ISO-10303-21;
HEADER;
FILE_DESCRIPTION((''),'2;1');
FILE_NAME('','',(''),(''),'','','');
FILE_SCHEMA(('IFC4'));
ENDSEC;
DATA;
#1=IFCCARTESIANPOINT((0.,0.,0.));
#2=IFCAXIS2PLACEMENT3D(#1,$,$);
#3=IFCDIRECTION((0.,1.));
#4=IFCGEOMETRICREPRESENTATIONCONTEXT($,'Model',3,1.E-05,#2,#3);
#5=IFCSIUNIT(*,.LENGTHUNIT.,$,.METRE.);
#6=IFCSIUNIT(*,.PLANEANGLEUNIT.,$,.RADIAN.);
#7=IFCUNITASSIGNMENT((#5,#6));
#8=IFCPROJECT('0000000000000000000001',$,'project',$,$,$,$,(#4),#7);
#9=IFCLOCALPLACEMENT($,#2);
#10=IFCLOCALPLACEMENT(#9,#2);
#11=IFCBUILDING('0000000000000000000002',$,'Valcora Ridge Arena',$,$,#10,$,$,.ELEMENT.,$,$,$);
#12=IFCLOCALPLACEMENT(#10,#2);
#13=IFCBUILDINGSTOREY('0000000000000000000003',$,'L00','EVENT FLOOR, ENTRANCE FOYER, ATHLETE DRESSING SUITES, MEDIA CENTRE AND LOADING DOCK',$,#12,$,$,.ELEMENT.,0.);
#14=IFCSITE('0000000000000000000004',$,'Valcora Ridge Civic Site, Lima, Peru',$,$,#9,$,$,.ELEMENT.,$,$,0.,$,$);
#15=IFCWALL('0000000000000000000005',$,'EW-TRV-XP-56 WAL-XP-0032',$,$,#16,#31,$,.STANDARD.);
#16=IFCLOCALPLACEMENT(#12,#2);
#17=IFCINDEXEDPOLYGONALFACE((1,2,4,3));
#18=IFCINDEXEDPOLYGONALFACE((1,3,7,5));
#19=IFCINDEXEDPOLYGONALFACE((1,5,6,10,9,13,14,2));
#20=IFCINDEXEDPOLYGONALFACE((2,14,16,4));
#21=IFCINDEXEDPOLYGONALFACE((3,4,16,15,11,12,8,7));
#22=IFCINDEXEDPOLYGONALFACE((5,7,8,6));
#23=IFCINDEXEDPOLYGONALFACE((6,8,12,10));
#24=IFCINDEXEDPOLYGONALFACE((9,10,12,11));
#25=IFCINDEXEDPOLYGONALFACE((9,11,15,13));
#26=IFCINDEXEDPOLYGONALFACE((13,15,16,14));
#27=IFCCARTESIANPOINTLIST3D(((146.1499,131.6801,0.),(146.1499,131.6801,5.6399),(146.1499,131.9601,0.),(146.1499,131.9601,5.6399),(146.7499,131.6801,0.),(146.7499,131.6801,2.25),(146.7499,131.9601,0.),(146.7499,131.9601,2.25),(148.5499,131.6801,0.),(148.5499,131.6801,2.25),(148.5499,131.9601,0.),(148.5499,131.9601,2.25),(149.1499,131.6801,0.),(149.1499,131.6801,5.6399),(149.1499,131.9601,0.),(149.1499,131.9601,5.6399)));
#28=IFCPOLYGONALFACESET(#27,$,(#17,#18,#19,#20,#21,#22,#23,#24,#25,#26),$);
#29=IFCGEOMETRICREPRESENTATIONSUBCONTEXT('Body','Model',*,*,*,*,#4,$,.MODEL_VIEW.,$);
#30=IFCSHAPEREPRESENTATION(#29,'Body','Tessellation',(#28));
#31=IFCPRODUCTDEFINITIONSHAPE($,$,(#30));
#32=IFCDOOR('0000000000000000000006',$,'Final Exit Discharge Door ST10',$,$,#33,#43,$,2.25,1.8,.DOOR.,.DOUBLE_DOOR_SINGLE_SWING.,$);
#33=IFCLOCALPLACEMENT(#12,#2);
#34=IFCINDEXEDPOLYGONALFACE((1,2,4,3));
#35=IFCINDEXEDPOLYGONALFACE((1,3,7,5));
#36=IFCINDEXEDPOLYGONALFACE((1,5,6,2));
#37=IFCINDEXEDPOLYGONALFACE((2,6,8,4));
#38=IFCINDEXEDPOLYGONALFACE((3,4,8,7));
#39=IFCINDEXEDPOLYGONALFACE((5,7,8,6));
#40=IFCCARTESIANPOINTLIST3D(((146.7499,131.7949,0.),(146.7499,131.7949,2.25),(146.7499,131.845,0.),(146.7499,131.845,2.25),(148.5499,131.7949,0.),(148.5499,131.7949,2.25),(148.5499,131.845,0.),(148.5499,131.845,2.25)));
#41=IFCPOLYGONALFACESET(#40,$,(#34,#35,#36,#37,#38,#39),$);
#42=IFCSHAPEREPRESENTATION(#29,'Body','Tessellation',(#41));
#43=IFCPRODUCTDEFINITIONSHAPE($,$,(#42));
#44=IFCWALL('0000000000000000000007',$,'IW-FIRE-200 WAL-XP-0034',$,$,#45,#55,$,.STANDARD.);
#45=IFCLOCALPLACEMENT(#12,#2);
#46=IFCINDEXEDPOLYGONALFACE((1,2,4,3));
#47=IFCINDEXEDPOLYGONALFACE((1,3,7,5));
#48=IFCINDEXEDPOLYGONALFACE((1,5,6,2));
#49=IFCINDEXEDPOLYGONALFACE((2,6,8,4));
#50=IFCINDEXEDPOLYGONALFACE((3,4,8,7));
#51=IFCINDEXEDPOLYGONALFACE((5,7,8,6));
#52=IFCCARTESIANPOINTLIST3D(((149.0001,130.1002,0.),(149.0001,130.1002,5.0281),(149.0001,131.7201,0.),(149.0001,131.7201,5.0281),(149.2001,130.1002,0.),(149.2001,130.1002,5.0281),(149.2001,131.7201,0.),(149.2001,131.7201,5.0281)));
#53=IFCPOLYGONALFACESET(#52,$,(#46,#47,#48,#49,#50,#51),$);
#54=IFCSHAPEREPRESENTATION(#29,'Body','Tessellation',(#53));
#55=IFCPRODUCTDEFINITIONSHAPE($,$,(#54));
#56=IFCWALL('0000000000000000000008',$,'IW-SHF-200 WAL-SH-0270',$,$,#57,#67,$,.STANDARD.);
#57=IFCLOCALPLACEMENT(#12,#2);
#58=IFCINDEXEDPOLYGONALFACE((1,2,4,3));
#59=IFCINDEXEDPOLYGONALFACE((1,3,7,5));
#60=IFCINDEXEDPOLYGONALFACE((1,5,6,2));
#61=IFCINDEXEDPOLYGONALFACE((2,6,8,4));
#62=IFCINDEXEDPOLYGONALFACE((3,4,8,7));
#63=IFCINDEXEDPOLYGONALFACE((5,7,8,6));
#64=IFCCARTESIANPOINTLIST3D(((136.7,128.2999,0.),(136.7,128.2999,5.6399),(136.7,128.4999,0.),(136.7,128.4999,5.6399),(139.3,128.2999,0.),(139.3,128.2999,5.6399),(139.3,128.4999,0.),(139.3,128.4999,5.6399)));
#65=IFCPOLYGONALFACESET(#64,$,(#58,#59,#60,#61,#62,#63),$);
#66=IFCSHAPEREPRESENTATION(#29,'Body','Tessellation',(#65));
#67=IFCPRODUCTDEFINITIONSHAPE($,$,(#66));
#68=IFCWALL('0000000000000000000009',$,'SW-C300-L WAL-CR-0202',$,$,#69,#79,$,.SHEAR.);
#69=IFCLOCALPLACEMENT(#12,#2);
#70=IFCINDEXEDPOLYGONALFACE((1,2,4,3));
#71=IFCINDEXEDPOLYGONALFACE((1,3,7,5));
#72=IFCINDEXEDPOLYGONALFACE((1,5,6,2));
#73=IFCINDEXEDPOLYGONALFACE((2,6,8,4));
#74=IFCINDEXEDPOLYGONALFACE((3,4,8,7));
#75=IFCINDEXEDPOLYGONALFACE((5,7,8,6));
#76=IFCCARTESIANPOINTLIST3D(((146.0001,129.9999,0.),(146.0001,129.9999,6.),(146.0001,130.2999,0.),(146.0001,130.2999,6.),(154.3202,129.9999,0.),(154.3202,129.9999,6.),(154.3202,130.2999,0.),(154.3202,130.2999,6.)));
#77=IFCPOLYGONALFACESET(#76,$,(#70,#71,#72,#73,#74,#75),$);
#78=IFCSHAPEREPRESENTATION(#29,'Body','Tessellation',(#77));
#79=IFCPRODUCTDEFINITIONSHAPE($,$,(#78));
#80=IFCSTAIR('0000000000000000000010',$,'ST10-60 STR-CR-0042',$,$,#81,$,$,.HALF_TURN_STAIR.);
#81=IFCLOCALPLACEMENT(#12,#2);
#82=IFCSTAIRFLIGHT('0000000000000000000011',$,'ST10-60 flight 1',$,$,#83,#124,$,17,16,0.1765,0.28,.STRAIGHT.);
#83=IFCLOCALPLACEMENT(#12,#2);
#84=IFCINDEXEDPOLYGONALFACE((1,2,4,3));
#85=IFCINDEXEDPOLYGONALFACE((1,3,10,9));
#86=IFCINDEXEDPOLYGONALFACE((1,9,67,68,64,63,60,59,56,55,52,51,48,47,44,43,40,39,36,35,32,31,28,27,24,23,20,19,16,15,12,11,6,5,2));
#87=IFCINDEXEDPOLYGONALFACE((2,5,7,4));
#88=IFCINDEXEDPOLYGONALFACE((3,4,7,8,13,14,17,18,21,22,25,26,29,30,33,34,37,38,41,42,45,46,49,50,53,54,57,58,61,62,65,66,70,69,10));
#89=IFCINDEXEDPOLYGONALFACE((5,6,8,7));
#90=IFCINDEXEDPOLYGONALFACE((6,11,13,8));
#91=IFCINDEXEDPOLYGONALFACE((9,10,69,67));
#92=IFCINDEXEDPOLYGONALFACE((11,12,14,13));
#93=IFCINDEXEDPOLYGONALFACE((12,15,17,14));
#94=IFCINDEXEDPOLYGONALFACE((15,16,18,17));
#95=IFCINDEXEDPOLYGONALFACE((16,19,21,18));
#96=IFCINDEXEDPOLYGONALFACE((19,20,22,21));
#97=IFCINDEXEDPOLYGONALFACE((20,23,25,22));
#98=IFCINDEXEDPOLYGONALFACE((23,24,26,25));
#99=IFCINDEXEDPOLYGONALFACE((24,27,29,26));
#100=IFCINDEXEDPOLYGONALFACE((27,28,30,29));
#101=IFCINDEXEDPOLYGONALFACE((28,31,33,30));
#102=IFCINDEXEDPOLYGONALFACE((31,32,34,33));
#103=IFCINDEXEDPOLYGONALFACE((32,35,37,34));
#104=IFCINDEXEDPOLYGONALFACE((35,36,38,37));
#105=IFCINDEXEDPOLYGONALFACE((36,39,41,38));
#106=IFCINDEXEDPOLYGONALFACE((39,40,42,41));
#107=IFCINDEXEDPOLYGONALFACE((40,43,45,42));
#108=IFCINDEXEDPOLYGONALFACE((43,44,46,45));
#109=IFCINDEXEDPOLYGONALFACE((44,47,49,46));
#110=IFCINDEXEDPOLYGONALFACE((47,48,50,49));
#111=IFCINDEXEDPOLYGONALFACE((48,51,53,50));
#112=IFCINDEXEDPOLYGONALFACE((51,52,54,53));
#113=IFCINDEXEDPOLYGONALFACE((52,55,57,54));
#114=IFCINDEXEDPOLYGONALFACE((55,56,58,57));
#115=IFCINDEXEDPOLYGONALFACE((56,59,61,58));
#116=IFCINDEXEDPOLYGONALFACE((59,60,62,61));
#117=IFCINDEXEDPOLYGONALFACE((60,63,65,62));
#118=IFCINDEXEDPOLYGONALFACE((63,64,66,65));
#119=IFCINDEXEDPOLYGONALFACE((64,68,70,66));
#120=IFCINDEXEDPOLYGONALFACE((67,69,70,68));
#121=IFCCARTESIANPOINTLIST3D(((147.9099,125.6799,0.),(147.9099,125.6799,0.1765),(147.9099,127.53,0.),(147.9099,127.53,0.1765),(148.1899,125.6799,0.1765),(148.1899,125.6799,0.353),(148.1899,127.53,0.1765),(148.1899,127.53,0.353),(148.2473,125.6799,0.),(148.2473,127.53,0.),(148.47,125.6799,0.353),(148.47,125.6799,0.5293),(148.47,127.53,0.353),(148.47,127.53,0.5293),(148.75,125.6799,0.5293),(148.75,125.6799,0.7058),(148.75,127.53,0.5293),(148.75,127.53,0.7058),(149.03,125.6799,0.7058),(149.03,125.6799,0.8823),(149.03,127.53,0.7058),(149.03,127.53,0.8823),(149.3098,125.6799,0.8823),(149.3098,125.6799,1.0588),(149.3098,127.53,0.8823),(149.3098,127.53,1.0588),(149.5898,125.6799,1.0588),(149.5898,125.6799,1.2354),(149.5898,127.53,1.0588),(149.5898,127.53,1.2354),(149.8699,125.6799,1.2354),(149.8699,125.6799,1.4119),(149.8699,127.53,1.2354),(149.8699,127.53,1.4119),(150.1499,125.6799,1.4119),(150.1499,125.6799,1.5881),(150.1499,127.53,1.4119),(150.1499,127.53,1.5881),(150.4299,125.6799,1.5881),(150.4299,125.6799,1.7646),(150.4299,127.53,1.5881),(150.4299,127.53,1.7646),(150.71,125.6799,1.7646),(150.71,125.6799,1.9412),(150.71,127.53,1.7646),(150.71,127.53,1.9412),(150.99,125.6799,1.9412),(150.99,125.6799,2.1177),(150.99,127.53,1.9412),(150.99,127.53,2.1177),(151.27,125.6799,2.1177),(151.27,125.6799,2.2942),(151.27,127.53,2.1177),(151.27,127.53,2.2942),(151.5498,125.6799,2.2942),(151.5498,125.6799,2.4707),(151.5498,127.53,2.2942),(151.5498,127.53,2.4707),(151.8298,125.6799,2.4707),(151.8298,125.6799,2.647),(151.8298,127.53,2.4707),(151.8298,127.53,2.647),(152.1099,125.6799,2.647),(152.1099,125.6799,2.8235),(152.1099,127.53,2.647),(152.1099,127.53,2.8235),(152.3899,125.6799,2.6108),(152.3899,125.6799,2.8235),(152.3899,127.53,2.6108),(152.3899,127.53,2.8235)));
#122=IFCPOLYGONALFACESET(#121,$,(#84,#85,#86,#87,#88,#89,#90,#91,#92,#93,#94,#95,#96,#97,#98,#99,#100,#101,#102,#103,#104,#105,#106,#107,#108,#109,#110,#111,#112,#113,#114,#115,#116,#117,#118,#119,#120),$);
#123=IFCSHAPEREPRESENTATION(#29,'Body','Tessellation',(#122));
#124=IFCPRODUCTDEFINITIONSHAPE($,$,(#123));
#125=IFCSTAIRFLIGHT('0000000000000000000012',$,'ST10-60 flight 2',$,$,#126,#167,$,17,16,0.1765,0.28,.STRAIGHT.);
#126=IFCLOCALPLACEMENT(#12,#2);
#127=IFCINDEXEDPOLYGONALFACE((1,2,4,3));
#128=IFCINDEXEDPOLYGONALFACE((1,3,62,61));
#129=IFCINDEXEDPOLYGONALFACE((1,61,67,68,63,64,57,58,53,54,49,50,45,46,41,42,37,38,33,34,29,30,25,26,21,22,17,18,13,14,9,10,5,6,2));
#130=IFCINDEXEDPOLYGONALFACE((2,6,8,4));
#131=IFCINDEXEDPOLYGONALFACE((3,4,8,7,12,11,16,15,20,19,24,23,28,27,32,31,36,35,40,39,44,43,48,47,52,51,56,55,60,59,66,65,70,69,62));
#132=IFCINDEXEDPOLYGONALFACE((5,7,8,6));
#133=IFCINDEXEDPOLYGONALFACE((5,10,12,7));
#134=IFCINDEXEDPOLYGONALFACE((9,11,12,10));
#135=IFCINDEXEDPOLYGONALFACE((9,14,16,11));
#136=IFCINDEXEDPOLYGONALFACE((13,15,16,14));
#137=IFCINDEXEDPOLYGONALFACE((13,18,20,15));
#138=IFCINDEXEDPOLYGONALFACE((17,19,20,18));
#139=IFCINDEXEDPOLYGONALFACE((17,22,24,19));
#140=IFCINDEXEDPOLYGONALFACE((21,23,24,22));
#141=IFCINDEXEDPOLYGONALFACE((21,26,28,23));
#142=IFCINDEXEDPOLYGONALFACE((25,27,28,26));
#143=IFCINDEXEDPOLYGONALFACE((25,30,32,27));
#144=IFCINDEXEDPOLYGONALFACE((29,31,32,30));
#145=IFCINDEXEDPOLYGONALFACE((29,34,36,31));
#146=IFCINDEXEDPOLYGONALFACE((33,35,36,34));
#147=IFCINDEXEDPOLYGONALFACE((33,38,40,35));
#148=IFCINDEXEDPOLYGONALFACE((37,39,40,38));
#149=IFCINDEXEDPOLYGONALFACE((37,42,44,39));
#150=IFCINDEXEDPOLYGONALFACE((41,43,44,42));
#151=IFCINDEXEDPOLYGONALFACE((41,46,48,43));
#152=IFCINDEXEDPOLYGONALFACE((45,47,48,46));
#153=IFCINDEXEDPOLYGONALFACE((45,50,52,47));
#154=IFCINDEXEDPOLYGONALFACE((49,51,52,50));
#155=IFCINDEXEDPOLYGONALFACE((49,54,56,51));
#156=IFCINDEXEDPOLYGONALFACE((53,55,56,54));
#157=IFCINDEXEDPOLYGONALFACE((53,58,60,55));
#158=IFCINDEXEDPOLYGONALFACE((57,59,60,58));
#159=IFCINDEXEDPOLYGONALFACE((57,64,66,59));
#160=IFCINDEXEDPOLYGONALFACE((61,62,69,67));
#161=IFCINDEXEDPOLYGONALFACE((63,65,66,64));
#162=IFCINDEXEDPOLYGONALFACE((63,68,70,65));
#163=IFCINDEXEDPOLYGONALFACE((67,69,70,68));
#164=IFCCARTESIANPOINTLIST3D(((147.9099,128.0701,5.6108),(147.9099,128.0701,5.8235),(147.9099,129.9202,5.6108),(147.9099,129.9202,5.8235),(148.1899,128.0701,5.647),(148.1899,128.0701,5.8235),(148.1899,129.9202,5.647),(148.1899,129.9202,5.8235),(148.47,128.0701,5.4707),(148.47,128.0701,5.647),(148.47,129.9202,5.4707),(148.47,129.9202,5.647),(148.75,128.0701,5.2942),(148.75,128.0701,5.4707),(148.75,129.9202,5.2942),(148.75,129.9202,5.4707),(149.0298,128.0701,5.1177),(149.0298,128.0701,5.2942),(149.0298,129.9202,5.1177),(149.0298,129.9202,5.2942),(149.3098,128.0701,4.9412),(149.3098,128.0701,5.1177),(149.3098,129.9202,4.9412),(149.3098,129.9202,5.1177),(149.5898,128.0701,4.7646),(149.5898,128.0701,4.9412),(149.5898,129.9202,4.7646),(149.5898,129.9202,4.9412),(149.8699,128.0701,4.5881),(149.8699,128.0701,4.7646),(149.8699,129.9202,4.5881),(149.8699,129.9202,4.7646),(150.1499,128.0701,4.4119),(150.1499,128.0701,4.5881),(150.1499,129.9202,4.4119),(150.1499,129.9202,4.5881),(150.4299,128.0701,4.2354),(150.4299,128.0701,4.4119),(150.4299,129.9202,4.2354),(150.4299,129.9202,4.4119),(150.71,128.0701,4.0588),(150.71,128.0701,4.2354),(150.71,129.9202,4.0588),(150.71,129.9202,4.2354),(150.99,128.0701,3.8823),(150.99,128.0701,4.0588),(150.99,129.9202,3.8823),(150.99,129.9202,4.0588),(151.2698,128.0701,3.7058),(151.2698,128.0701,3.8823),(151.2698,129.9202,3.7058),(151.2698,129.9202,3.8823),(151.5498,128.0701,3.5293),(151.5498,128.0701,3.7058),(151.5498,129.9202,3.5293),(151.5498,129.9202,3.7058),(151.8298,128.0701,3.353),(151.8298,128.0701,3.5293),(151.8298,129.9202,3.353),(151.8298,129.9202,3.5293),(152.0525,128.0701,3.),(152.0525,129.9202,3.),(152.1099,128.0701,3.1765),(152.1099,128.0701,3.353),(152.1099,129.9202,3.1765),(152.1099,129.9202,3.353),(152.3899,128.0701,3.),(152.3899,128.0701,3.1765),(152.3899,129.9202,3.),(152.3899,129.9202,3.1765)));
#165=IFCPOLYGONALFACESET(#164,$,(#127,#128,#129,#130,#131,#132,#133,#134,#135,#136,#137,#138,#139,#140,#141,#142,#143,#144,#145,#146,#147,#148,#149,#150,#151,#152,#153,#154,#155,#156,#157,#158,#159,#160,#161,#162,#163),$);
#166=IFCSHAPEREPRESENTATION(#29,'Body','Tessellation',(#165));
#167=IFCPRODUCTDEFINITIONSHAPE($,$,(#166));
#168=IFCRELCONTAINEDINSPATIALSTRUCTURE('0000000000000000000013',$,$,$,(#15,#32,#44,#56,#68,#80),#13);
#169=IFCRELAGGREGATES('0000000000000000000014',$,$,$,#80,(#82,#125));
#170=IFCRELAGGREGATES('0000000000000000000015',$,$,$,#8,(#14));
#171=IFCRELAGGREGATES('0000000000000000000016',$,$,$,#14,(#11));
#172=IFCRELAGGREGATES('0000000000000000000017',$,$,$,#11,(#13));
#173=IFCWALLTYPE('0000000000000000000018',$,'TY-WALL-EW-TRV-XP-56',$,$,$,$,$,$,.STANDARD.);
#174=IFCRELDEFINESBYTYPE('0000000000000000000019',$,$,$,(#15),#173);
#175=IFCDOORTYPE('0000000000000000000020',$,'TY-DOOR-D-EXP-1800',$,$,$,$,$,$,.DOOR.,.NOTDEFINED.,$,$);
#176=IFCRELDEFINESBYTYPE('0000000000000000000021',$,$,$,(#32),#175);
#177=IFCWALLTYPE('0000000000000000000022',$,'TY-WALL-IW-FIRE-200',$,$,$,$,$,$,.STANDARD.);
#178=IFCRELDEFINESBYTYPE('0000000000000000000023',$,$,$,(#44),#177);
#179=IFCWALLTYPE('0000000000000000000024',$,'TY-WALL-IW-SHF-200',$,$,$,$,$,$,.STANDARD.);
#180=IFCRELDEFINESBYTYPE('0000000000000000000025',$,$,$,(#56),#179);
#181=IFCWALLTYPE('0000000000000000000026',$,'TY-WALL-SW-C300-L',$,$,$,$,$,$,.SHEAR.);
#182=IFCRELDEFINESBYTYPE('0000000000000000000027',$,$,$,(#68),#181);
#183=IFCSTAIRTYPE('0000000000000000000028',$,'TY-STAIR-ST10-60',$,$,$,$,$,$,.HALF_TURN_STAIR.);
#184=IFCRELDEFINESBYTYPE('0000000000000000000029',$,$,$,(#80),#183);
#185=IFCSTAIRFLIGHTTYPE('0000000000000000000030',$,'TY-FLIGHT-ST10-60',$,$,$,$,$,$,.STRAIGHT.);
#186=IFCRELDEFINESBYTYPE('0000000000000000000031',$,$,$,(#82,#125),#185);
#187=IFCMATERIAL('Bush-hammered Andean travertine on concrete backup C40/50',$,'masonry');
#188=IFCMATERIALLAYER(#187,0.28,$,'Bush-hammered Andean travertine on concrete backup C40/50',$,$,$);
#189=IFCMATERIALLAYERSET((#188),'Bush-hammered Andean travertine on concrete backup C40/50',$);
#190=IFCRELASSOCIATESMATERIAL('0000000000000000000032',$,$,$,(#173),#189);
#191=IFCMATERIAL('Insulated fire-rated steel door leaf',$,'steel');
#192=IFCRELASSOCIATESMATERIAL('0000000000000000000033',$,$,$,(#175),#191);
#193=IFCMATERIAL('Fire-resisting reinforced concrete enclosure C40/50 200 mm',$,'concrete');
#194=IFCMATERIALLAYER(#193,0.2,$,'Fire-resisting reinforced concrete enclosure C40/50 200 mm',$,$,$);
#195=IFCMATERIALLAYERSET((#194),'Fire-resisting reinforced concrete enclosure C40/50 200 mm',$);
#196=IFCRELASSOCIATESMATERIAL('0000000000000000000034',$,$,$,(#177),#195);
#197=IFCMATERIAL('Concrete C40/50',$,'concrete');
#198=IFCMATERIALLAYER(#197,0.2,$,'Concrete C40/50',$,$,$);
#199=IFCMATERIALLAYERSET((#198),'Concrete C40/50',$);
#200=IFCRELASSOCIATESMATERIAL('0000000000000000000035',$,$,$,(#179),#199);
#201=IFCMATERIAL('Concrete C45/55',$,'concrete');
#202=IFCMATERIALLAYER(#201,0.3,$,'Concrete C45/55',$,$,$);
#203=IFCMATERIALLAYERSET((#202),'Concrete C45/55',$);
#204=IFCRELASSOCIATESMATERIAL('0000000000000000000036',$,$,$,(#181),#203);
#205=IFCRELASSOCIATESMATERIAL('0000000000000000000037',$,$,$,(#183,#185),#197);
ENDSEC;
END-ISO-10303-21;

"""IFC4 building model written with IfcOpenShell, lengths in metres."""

from ifc_helpers import new_model, si_unit, direction, frame, frame_2d, origin, place, context, subcontext, project, spatial, polyline, rectangle, outline, extrude, material, layer, layer_set, type_object, element, fill, aggregate, save


model = new_model("IFC4")

# Units and contexts
model_context = context("Model", 3, precision=1e-05, world=origin(), true_north=direction((0.0, 1.0)))
body_context = subcontext(model_context, "Body", "Model", "MODEL_VIEW")
ifc_project = project(units=[si_unit("LENGTHUNIT", "METRE"), si_unit("PLANEANGLEUNIT", "RADIAN")], contexts=[model_context])

# Site, building, storey
site_placement = place(None, origin())
site = spatial("IfcSite", under=ifc_project, at=site_placement, Name="Valcora Ridge Civic Site, Lima, Peru", CompositionType="ELEMENT", RefElevation=0.0)
building_placement = place(site_placement, origin())
building = spatial("IfcBuilding", under=site, at=building_placement, Name="Valcora Ridge Arena", CompositionType="ELEMENT")
storey_placement = place(building_placement, origin())
storey = spatial("IfcBuildingStorey", under=building, at=storey_placement, Name="L00", Description="EVENT FLOOR, ENTRANCE FOYER, ATHLETE DRESSING SUITES, MEDIA CENTRE AND LOADING DOCK", CompositionType="ELEMENT", Elevation=0.0)

# Shared definitions
ifc_material_1 = material(Name="Concrete C40/50", Category="concrete")

# Shared definitions
ifc_material_2 = material(Name="Bush-hammered Andean travertine on concrete backup C40/50", Category="masonry")

# Wall, opening, door
ifc_layer_1 = layer(ifc_material_2, 0.28, Name="Bush-hammered Andean travertine on concrete backup C40/50")
ifc_layer_set_1 = layer_set([ifc_layer_1], Name="Bush-hammered Andean travertine on concrete backup C40/50")
wall_type_1 = type_object("IfcWallType", Name="TY-WALL-EW-TRV-XP-56", PredefinedType="STANDARD", material=ifc_layer_set_1)
wall_1_placement = place(storey_placement, frame((146.1499, 131.8201, 0.0), z_axis=(0.0, 0.0, 1.0), x_axis=(1.0, 0.0, 0.0)))
wall_1 = element("IfcWall", 1, at=wall_1_placement, inside=storey, type_object=wall_type_1, Name="EW-TRV-XP-56 WAL-XP-0032", PredefinedType="STANDARD", context=body_context, shape_type="SweptSolid", body=[
    extrude(rectangle(XDim=3.0, YDim=0.28, at=frame_2d((1.5, 0.0))), origin(), (0.0, 0.0, 1.0), 5.6399),
])
opening_1_placement = place(wall_1_placement, frame((0.6001, 0.0, 0.0)))
opening_1 = element("IfcOpeningElement", 2, at=opening_1_placement, cuts=wall_1, PredefinedType="OPENING", context=body_context, shape_type="SweptSolid", body=[
    extrude(rectangle(XDim=1.8, YDim=2.25, at=frame_2d((0.8999, 1.125))), frame((0.0, 0.1499, 0.0), z_axis=(0.0, -1.0, 0.0), x_axis=(1.0, 0.0, 0.0)), (0.0, 0.0, 1.0), 0.3),
])
ifc_material_3 = material(Name="Insulated fire-rated steel door leaf", Category="steel")
door_type_1 = type_object("IfcDoorType", Name="TY-DOOR-D-EXP-1800", OperationType="NOTDEFINED", PredefinedType="DOOR", material=ifc_material_3)
door_1_placement = place(opening_1_placement, origin())
door_1 = element("IfcDoor", 3, at=door_1_placement, inside=storey, type_object=door_type_1, Name="Final Exit Discharge Door ST10", OperationType="DOUBLE_DOOR_SINGLE_SWING", OverallHeight=2.25, OverallWidth=1.8, PredefinedType="DOOR", context=body_context, shape_type="SweptSolid", body=[
    extrude(rectangle(XDim=1.8, YDim=2.25, at=frame_2d((0.8999, 1.125))), frame((0.0, 0.0249, 0.0), z_axis=(0.0, -1.0, 0.0), x_axis=(1.0, 0.0, 0.0)), (0.0, 0.0, 1.0), 0.05),
])
fill(opening_1, door_1)
ifc_material_4 = material(Name="Fire-resisting reinforced concrete enclosure C40/50 200 mm", Category="concrete")
ifc_layer_2 = layer(ifc_material_4, 0.2, Name="Fire-resisting reinforced concrete enclosure C40/50 200 mm")
ifc_layer_set_2 = layer_set([ifc_layer_2], Name="Fire-resisting reinforced concrete enclosure C40/50 200 mm")
wall_type_2 = type_object("IfcWallType", Name="TY-WALL-IW-FIRE-200", PredefinedType="STANDARD", material=ifc_layer_set_2)

# Walls
wall_2_placement = place(storey_placement, frame((149.1001, 130.1001, 0.0), z_axis=(0.0, 0.0, 1.0), x_axis=(0.0, 1.0, 0.0)))
element("IfcWall", 4, at=wall_2_placement, inside=storey, type_object=wall_type_2, Name="IW-FIRE-200 WAL-XP-0034", PredefinedType="STANDARD", context=body_context, shape_type="SweptSolid", body=[
    extrude(rectangle(XDim=1.6199, YDim=0.2, at=frame_2d((0.8101, 0.0))), origin(), (0.0, 0.0, 1.0), 5.0281),
])
ifc_layer_3 = layer(ifc_material_1, 0.2, Name="Concrete C40/50")
ifc_layer_set_3 = layer_set([ifc_layer_3], Name="Concrete C40/50")
wall_type_3 = type_object("IfcWallType", Name="TY-WALL-IW-SHF-200", PredefinedType="STANDARD", material=ifc_layer_set_3)
wall_3_placement = place(storey_placement, frame((136.7, 128.3999, 0.0), z_axis=(0.0, 0.0, 1.0), x_axis=(1.0, 0.0, 0.0)))
element("IfcWall", 5, at=wall_3_placement, inside=storey, type_object=wall_type_3, Name="IW-SHF-200 WAL-SH-0270", PredefinedType="STANDARD", context=body_context, shape_type="SweptSolid", body=[
    extrude(rectangle(XDim=2.6001, YDim=0.2, at=frame_2d((1.3, 0.0))), origin(), (0.0, 0.0, 1.0), 5.6399),
])
ifc_material_5 = material(Name="Concrete C45/55", Category="concrete")
ifc_layer_4 = layer(ifc_material_5, 0.3, Name="Concrete C45/55")
ifc_layer_set_4 = layer_set([ifc_layer_4], Name="Concrete C45/55")
wall_type_4 = type_object("IfcWallType", Name="TY-WALL-SW-C300-L", PredefinedType="SHEAR", material=ifc_layer_set_4)
wall_4_placement = place(storey_placement, frame((146.0, 130.1499, 0.0), z_axis=(0.0, 0.0, 1.0), x_axis=(1.0, 0.0, 0.0)))
element("IfcWall", 6, at=wall_4_placement, inside=storey, type_object=wall_type_4, Name="SW-C300-L WAL-CR-0202", PredefinedType="SHEAR", context=body_context, shape_type="SweptSolid", body=[
    extrude(rectangle(XDim=8.3201, YDim=0.3, at=frame_2d((4.1602, 0.0))), origin(), (0.0, 0.0, 1.0), 6.0),
])

# Stair, stair flights
stair_type = type_object("IfcStairType", Name="TY-STAIR-ST10-60", PredefinedType="HALF_TURN_STAIR", material=ifc_material_1)
stair_placement = place(storey_placement, origin())
stair = element("IfcStair", 7, at=stair_placement, inside=storey, type_object=stair_type, Name="ST10-60 STR-CR-0042", PredefinedType="HALF_TURN_STAIR")
stair_flight_type = type_object("IfcStairFlightType", Name="TY-FLIGHT-ST10-60", PredefinedType="STRAIGHT", material=ifc_material_1)
stair_flight_1_placement = place(storey_placement, frame((147.9099, 126.605, 0.0), z_axis=(0.0, 0.0, 1.0), x_axis=(1.0, 0.0, 0.0)))
stair_flight_1 = element("IfcStairFlight", 8, at=stair_flight_1_placement, type_object=stair_flight_type, Name="ST10-60 flight 1", NumberOfRisers=17, NumberOfTreads=16, PredefinedType="STRAIGHT", RiserHeight=0.1765, TreadLength=0.28, context=body_context, shape_type="SweptSolid", body=[
    extrude(outline(polyline([(0.0, 0.0), (0.0, 0.1765), (0.28, 0.1765), (0.28, 0.353), (0.5601, 0.353), (0.5601, 0.5293), (0.8401, 0.5293), (0.8401, 0.7058), (1.1201, 0.7058), (1.1201, 0.8823), (1.3999, 0.8823), (1.3999, 1.0588), (1.6799, 1.0588), (1.6799, 1.2354), (1.96, 1.2354), (1.96, 1.4119), (2.24, 1.4119), (2.24, 1.5881), (2.52, 1.5881), (2.52, 1.7646), (2.8, 1.7646), (2.8, 1.9412), (3.0801, 1.9412), (3.0801, 2.1177), (3.3601, 2.1177), (3.3601, 2.2942), (3.6399, 2.2942), (3.6399, 2.4707), (3.9199, 2.4707), (3.9199, 2.647), (4.2, 2.647), (4.2, 2.8235), (4.48, 2.8235), (4.48, 3.0), (4.48, 2.6108), (0.3374, 0.0), (0.0, 0.0)])), frame((0.0, 0.925, 0.0), z_axis=(0.0, -1.0, 0.0), x_axis=(1.0, 0.0, 0.0)), (0.0, 0.0, 1.0), 1.8501),
])
stair_flight_2_placement = place(storey_placement, frame((152.3899, 128.9951, 3.0), z_axis=(0.0, 0.0, 1.0), x_axis=(-1.0, 0.0, 0.0)))
stair_flight_2 = element("IfcStairFlight", 9, at=stair_flight_2_placement, type_object=stair_flight_type, Name="ST10-60 flight 2", NumberOfRisers=17, NumberOfTreads=16, PredefinedType="STRAIGHT", RiserHeight=0.1765, TreadLength=0.28, context=body_context, shape_type="SweptSolid", body=[
    extrude(outline(polyline([(0.0, 0.0), (0.0, 0.1765), (0.28, 0.1765), (0.28, 0.353), (0.5601, 0.353), (0.5601, 0.5293), (0.8401, 0.5293), (0.8401, 0.7058), (1.1201, 0.7058), (1.1201, 0.8823), (1.3999, 0.8823), (1.3999, 1.0588), (1.6799, 1.0588), (1.6799, 1.2354), (1.96, 1.2354), (1.96, 1.4119), (2.24, 1.4119), (2.24, 1.5881), (2.52, 1.5881), (2.52, 1.7646), (2.8, 1.7646), (2.8, 1.9412), (3.0801, 1.9412), (3.0801, 2.1177), (3.3601, 2.1177), (3.3601, 2.2942), (3.6399, 2.2942), (3.6399, 2.4707), (3.9199, 2.4707), (3.9199, 2.647), (4.2, 2.647), (4.2, 2.8235), (4.48, 2.8235), (4.48, 3.0), (4.48, 2.6108), (0.3374, 0.0), (0.0, 0.0)])), frame((0.0, 0.925, 0.0), z_axis=(0.0, -1.0, 0.0), x_axis=(1.0, 0.0, 0.0)), (0.0, 0.0, 1.0), 1.8501),
])
aggregate(stair, [stair_flight_1, stair_flight_2])

save(model, "model.ifc")
